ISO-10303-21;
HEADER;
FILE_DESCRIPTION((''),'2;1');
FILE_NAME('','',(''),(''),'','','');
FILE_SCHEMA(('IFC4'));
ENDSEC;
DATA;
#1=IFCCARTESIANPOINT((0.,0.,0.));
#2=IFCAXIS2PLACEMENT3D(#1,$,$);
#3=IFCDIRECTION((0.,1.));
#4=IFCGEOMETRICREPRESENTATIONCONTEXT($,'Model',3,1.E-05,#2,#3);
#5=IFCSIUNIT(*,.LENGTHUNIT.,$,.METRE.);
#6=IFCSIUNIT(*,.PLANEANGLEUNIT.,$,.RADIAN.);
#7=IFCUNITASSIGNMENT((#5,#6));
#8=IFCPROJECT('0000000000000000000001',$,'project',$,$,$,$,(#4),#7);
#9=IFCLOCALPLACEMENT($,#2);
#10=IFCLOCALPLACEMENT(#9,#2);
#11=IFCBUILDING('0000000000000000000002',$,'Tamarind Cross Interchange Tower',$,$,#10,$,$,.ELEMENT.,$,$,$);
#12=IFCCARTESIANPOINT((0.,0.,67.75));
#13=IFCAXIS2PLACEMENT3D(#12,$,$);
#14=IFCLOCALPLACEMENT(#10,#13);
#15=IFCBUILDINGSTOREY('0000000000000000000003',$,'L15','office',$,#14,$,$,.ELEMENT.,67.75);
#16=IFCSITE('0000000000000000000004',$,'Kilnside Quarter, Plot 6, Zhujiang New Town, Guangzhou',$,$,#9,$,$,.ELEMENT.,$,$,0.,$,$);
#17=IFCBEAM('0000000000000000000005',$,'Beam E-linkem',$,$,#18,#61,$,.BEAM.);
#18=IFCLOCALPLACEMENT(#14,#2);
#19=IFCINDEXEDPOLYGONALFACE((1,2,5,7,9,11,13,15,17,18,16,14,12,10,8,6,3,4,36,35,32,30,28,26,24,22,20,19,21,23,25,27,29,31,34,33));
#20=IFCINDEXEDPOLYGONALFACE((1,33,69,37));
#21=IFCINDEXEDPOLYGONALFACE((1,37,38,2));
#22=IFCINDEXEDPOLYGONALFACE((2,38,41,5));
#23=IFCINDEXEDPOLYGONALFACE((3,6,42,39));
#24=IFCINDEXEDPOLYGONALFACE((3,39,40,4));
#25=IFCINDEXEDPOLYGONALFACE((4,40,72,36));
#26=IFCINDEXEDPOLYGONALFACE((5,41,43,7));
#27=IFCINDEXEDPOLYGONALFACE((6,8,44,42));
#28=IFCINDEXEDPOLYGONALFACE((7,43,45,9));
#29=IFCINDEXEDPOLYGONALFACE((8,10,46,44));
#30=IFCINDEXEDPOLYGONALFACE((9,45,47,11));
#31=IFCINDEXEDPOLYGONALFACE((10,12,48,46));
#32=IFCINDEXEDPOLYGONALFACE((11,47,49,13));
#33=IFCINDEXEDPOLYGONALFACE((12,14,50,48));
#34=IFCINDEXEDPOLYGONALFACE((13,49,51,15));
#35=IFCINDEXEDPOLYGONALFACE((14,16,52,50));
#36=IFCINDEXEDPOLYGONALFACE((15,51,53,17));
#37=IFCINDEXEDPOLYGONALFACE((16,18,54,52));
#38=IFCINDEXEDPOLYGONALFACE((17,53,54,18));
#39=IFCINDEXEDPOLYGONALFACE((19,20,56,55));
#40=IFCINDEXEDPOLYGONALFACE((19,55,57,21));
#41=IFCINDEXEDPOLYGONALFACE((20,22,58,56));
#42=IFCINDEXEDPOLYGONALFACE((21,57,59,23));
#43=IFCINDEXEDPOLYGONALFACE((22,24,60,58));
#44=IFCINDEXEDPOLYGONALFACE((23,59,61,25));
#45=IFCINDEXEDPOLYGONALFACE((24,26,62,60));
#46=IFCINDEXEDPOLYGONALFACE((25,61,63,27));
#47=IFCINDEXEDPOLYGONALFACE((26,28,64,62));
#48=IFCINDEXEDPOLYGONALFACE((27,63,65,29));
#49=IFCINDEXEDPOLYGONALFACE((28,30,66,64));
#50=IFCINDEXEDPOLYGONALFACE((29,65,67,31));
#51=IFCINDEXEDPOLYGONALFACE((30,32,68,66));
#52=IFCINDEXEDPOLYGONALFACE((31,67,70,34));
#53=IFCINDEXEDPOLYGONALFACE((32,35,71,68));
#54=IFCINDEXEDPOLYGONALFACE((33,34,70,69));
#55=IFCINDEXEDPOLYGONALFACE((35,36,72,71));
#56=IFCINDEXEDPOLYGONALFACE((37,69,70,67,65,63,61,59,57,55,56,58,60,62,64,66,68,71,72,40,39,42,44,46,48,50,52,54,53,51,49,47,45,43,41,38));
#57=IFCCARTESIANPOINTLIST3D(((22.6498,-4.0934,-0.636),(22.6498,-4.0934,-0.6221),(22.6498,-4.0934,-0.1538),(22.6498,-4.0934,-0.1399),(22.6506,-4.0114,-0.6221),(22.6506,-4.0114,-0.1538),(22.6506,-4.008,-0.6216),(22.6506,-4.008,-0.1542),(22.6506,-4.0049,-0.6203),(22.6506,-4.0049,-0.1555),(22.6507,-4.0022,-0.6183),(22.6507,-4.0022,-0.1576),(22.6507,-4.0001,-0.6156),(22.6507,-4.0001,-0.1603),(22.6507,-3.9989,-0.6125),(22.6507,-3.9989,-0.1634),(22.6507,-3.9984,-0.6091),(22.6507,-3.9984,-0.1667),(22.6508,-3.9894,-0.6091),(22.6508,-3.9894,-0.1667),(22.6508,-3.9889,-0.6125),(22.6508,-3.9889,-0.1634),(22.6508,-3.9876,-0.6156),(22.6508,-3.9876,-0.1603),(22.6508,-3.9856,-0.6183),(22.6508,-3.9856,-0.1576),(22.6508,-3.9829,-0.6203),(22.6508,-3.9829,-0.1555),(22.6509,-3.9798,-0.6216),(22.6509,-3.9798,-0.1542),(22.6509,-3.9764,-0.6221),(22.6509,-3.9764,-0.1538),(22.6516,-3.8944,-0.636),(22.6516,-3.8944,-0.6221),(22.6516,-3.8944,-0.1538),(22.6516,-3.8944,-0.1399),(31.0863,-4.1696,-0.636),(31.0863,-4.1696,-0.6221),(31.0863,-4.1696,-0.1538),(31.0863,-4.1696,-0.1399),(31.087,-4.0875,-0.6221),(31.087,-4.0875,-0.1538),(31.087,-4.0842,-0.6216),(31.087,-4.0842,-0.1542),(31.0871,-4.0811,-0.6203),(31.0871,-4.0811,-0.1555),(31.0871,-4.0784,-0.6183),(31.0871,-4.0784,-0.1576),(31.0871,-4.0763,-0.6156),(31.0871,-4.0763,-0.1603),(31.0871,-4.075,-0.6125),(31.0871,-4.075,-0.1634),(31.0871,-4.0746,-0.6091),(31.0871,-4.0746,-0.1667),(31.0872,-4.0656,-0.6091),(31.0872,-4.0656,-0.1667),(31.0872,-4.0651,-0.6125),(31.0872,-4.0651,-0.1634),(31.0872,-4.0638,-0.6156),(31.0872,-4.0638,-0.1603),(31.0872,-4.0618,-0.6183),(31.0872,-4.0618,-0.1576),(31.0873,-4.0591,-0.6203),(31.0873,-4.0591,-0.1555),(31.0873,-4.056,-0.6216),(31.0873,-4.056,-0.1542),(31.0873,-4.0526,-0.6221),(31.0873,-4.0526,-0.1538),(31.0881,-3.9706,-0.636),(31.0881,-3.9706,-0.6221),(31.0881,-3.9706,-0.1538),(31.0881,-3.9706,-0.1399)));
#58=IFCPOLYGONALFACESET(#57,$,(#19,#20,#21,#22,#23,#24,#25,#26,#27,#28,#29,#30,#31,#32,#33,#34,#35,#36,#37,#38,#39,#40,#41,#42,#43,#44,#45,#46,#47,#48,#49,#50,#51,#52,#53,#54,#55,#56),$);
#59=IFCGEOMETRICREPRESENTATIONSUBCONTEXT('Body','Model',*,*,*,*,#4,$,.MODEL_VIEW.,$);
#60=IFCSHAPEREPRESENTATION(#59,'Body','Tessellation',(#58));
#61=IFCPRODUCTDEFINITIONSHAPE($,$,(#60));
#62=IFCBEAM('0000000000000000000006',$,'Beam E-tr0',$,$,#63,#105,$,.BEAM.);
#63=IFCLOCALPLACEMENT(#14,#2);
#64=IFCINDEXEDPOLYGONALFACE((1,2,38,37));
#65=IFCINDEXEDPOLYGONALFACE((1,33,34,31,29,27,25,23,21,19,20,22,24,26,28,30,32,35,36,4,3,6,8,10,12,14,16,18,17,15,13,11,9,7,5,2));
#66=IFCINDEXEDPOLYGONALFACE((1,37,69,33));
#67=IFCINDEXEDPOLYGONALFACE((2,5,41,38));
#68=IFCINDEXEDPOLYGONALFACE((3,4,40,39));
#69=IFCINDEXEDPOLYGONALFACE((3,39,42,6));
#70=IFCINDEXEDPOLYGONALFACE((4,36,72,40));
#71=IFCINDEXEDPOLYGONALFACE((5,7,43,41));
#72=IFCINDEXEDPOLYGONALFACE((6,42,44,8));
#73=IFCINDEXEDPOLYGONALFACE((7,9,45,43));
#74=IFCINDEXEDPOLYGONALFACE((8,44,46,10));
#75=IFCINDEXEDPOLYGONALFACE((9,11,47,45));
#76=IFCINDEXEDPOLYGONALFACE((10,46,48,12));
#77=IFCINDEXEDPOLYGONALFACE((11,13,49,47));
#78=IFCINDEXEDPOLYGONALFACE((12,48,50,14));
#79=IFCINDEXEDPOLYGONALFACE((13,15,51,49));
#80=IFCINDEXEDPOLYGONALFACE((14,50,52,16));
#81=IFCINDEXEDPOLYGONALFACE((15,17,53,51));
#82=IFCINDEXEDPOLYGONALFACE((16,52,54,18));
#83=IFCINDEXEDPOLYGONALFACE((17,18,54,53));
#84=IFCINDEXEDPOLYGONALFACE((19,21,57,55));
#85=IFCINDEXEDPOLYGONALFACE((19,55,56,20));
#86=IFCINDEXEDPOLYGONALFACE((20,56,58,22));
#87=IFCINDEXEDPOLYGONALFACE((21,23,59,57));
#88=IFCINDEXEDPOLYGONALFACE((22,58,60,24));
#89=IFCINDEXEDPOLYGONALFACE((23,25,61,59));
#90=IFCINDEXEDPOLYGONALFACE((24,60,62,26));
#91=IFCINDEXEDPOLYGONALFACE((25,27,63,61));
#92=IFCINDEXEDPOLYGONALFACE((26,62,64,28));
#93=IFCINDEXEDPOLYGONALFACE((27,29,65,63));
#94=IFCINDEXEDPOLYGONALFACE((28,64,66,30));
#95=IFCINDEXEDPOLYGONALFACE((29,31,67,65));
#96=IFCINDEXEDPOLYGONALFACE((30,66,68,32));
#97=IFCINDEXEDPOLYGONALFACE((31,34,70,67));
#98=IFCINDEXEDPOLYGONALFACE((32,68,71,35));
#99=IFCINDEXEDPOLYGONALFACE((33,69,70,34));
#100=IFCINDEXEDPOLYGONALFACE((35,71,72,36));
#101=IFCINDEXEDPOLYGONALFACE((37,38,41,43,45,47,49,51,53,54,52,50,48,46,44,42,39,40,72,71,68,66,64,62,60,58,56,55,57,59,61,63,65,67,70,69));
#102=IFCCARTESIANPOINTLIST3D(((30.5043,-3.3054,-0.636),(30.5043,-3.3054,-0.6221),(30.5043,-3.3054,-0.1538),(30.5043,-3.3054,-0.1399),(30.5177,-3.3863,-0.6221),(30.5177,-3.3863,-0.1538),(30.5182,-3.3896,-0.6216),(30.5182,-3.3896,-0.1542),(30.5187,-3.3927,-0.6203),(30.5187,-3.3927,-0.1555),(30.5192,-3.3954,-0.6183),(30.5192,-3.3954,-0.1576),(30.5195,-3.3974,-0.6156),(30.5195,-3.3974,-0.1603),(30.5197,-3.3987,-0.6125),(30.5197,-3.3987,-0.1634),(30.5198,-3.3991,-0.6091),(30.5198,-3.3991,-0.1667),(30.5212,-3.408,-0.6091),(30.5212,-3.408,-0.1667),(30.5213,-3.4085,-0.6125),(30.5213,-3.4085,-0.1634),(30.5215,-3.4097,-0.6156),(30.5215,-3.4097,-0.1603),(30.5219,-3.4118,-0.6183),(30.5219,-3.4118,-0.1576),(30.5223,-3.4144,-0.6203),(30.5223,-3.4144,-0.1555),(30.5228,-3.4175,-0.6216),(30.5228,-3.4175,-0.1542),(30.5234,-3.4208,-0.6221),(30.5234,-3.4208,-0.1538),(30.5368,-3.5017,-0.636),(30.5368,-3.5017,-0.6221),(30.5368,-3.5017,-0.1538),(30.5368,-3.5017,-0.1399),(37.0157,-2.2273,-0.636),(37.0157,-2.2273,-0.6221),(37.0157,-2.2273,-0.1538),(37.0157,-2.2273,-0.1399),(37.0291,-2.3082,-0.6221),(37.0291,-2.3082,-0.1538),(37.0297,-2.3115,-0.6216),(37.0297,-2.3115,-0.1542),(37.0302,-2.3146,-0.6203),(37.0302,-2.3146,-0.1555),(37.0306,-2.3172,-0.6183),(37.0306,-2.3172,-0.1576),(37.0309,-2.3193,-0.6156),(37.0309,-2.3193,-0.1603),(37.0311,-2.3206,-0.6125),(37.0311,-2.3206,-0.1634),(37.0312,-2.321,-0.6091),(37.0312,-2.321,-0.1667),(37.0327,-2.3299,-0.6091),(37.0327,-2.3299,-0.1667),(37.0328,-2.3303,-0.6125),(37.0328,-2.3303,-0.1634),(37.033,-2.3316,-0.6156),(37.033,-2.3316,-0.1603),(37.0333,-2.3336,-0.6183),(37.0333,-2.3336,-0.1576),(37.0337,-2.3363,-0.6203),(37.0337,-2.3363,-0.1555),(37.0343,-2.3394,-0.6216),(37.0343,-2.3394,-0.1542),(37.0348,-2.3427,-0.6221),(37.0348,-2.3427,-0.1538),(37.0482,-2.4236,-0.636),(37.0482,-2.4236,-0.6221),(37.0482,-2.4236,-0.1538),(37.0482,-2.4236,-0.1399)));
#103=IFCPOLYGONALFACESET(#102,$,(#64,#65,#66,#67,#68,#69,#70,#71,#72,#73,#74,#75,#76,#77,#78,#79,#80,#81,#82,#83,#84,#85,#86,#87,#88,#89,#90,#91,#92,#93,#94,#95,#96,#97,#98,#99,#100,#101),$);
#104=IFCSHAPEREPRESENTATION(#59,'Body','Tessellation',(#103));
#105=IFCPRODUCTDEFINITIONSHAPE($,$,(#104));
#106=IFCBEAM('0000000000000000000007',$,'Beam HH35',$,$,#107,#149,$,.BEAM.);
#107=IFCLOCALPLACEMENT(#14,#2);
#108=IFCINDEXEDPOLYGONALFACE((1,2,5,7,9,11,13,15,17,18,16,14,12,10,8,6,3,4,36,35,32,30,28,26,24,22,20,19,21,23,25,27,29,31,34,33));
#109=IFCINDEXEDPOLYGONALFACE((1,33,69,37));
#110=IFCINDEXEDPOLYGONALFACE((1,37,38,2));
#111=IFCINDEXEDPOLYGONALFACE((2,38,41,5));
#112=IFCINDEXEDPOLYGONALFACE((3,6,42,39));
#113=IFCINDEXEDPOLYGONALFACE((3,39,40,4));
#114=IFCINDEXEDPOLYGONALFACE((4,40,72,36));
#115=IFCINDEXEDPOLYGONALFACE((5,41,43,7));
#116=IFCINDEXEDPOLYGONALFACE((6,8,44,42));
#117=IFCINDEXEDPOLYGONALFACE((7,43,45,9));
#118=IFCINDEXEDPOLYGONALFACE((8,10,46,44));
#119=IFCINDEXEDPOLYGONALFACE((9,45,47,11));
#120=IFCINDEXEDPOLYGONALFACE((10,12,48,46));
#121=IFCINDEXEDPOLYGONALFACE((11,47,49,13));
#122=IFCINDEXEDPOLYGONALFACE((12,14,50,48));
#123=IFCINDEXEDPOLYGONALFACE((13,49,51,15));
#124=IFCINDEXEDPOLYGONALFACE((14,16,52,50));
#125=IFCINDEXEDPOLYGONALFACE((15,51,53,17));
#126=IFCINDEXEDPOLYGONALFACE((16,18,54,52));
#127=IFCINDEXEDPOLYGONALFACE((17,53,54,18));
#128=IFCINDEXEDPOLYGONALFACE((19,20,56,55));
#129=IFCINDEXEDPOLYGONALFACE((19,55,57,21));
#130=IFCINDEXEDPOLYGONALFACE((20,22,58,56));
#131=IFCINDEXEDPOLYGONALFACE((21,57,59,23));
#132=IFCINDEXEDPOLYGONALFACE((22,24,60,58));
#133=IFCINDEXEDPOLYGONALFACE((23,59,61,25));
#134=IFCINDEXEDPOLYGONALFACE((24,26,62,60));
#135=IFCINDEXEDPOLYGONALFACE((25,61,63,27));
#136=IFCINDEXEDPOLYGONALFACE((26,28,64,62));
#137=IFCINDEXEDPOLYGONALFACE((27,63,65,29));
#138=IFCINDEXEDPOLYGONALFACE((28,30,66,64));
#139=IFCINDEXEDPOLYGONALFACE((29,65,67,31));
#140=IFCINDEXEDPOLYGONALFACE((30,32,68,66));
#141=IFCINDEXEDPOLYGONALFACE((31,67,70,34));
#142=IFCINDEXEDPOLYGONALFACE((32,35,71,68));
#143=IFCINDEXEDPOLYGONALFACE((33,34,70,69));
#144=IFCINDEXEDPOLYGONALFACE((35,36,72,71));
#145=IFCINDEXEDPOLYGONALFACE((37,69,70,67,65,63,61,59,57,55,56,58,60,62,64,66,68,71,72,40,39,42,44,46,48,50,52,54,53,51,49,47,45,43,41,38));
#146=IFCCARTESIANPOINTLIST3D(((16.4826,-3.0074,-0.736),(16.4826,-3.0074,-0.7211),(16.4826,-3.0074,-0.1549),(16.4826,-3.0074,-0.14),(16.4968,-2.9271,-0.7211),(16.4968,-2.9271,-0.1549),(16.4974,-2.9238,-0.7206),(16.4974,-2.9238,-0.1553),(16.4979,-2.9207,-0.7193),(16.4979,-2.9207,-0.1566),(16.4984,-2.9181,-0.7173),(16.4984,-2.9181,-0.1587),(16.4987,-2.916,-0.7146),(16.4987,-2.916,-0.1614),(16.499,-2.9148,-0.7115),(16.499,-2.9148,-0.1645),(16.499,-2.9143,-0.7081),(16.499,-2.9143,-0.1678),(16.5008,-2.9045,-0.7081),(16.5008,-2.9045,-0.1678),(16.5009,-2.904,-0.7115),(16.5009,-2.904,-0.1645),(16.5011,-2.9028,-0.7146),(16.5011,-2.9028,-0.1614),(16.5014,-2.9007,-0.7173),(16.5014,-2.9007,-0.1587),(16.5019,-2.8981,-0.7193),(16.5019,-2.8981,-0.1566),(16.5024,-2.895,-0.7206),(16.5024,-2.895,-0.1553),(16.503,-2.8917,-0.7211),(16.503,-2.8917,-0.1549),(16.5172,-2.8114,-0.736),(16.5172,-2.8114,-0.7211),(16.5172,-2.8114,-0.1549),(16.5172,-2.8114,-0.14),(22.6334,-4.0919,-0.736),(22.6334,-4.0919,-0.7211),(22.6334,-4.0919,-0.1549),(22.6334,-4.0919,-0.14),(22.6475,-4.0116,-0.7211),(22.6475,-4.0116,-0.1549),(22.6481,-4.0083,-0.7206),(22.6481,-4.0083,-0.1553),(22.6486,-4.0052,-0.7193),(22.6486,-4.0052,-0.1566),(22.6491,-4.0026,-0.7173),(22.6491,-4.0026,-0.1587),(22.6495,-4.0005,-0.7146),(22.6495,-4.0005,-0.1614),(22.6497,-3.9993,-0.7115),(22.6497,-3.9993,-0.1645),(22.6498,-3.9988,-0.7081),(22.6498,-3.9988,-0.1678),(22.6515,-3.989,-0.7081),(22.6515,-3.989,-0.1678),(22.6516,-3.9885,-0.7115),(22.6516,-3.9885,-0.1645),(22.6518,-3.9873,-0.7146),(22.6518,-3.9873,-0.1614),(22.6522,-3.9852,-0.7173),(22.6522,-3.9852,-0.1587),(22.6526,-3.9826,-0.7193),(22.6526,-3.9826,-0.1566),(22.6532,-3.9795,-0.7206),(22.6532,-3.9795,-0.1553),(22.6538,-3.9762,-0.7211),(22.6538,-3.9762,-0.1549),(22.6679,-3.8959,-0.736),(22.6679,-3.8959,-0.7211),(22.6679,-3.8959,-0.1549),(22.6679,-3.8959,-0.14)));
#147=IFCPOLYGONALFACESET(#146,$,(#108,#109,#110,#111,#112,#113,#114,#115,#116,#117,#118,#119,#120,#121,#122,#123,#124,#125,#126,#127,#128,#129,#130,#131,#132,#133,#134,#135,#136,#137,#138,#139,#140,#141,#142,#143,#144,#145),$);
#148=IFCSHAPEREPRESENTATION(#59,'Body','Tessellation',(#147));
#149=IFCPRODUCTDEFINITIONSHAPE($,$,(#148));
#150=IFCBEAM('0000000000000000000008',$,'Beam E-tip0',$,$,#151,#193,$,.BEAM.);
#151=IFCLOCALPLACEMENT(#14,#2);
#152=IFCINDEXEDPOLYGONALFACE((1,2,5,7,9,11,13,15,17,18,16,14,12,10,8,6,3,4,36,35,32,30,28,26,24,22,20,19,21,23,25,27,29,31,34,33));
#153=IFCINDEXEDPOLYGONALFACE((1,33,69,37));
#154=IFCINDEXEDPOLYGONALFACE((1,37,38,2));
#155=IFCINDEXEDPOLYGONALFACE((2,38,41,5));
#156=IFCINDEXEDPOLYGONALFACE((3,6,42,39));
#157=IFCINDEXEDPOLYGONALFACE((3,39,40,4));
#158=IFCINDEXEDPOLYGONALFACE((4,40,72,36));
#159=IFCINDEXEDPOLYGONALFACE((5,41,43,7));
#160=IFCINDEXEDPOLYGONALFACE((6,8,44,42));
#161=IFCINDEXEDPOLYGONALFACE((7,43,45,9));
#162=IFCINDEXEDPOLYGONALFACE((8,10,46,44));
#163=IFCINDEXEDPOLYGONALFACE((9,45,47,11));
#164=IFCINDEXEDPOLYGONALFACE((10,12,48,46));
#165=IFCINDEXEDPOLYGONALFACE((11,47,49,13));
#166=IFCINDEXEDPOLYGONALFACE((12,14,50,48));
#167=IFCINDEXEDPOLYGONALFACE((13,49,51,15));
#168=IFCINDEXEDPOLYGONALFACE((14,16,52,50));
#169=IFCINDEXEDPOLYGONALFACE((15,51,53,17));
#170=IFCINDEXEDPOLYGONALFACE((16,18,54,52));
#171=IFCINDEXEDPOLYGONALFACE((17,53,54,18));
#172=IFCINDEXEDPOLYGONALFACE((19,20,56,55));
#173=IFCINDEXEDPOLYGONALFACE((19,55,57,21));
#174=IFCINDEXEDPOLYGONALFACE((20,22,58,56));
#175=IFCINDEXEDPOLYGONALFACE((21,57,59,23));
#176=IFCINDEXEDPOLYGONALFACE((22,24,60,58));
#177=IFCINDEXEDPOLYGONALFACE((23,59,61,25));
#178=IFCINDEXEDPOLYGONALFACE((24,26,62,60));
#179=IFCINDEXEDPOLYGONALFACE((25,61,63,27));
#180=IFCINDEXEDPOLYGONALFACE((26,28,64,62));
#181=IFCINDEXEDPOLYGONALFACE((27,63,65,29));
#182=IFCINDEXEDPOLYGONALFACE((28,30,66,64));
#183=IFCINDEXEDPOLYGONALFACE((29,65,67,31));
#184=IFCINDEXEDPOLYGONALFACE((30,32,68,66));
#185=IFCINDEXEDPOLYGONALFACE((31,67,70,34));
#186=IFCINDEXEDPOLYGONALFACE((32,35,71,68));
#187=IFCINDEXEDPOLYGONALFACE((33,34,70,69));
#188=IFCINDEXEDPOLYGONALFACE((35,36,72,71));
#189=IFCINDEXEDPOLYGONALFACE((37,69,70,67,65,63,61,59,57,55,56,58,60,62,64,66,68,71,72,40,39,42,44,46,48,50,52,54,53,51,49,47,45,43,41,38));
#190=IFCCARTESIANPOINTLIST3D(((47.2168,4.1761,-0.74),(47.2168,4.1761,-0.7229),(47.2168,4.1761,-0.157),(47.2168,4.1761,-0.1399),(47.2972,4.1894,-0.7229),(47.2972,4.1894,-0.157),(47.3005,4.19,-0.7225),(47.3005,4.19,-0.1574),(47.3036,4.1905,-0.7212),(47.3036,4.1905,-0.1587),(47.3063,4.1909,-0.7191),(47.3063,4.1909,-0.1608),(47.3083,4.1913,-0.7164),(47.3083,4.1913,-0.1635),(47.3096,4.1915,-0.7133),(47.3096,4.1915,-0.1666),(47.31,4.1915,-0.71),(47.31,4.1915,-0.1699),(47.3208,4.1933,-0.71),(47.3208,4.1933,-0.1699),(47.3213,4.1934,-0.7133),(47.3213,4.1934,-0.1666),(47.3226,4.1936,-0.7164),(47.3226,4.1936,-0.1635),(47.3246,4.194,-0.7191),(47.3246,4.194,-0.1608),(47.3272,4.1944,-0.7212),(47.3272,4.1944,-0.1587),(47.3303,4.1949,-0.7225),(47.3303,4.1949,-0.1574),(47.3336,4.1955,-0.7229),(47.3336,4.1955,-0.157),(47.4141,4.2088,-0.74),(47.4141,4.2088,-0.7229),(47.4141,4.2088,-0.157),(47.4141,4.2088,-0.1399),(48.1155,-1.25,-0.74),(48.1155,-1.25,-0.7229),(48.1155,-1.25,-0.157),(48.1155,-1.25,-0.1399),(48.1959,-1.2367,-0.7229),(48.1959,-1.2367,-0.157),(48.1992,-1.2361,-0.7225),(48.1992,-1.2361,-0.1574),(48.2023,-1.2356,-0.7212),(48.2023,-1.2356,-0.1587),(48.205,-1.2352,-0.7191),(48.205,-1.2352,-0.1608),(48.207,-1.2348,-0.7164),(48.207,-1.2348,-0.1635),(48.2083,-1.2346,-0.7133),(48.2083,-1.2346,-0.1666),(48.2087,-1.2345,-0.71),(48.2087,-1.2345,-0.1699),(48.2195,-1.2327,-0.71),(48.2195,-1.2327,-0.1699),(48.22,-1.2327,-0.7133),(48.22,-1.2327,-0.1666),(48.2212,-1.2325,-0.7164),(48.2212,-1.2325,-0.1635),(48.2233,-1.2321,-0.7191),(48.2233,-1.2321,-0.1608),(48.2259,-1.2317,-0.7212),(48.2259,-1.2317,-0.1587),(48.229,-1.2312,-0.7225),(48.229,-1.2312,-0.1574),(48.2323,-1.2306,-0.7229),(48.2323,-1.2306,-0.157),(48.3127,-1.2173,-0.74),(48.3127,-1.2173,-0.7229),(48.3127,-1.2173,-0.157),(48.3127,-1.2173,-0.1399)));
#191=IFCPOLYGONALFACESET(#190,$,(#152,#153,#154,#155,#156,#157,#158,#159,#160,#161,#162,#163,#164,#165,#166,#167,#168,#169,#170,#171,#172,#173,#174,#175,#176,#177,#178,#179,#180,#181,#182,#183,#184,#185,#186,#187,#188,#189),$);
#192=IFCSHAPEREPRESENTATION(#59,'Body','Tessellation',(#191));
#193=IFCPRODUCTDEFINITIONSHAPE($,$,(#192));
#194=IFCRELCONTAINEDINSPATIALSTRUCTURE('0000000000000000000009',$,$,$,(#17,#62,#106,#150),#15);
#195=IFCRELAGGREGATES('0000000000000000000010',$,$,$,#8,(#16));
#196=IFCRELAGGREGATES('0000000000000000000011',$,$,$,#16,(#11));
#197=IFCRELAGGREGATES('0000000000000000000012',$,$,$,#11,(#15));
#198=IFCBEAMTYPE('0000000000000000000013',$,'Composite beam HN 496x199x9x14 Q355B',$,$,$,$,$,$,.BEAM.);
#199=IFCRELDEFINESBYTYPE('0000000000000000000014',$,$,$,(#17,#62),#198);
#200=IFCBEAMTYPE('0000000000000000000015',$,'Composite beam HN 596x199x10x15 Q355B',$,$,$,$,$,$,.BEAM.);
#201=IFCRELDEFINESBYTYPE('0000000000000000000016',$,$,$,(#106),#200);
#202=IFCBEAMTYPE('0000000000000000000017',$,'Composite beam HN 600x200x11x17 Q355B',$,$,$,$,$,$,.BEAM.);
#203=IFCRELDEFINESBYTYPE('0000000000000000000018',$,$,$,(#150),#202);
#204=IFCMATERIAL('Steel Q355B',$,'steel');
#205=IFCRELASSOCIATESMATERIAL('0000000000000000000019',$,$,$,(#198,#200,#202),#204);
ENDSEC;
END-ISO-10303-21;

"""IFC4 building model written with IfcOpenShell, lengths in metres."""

from ifc_helpers import new_model, si_unit, direction, frame, origin, origin_2d, place, context, subcontext, project, spatial, i_section, extrude, material, material_profile, profile_set, type_object, element, save


model = new_model("IFC4")

# Units and contexts
model_context = context("Model", 3, precision=1e-05, world=origin(), true_north=direction((0.0, 1.0)))
body_context = subcontext(model_context, "Body", "Model", "MODEL_VIEW")
ifc_project = project(units=[si_unit("LENGTHUNIT", "METRE"), si_unit("PLANEANGLEUNIT", "RADIAN")], contexts=[model_context])

# Site, building, storey
site_placement = place(None, origin())
site = spatial("IfcSite", under=ifc_project, at=site_placement, Name="Kilnside Quarter, Plot 6, Zhujiang New Town, Guangzhou", CompositionType="ELEMENT", RefElevation=0.0)
building_placement = place(site_placement, origin())
building = spatial("IfcBuilding", under=site, at=building_placement, Name="Tamarind Cross Interchange Tower", CompositionType="ELEMENT")
storey_placement = place(building_placement, frame((0.0, 0.0, 67.75)))
storey = spatial("IfcBuildingStorey", under=building, at=storey_placement, Name="L15", Description="office", CompositionType="ELEMENT", Elevation=67.75)

# Beams
ifc_material_1 = material(Name="Steel Q355B", Category="steel")
ifc_material_profile_1 = material_profile(ifc_material_1, i_section(OverallWidth=0.199, OverallDepth=0.4961, WebThickness=0.009, FlangeThickness=0.0139, FilletRadius=0.0129, at=origin_2d()), Name="HN 496x199x9x14")
ifc_profile_set_1 = profile_set([ifc_material_profile_1], Name="Steel Q355B")
beam_type_1 = type_object("IfcBeamType", Name="Composite beam HN 496x199x9x14 Q355B", PredefinedType="BEAM", material=ifc_profile_set_1)
beam_1_placement = place(storey_placement, frame((31.0872, -4.0701, -0.3879), z_axis=(-0.999959, 0.009028, 0.0), x_axis=(-0.009028, -0.999959, 0.0)))
element("IfcBeam", 1, at=beam_1_placement, inside=storey, type_object=beam_type_1, Name="Beam E-linkem", PredefinedType="BEAM", context=body_context, shape_type="SweptSolid", body=[
    extrude(i_section(OverallWidth=0.199, OverallDepth=0.4961, WebThickness=0.009, FlangeThickness=0.0139, FilletRadius=0.0129, at=origin_2d()), origin(), (0.0, 0.0, 1.0), 8.4368),
])
beam_2_placement = place(storey_placement, frame((30.5205, -3.4036, -0.3879), z_axis=(0.986568, 0.163349, 0.0), x_axis=(-0.163349, 0.986568, 0.0)))
element("IfcBeam", 2, at=beam_2_placement, inside=storey, type_object=beam_type_1, Name="Beam E-tr0", PredefinedType="BEAM", context=body_context, shape_type="SweptSolid", body=[
    extrude(i_section(OverallWidth=0.199, OverallDepth=0.4961, WebThickness=0.009, FlangeThickness=0.0139, FilletRadius=0.0129, at=origin_2d()), origin(), (0.0, 0.0, 1.0), 6.6001),
])
ifc_material_profile_2 = material_profile(ifc_material_1, i_section(OverallWidth=0.199, OverallDepth=0.5959, WebThickness=0.01, FlangeThickness=0.0149, FilletRadius=0.0129, at=origin_2d()), Name="HN 596x199x10x15")
ifc_profile_set_2 = profile_set([ifc_material_profile_2], Name="Steel Q355B")
beam_type_2 = type_object("IfcBeamType", Name="Composite beam HN 596x199x10x15 Q355B", PredefinedType="BEAM", material=ifc_profile_set_2)
beam_3_placement = place(storey_placement, frame((22.6506, -3.9939, -0.438), z_axis=(-0.984809, 0.17364, 0.0), x_axis=(-0.17364, -0.984809, 0.0)))
element("IfcBeam", 3, at=beam_3_placement, inside=storey, type_object=beam_type_2, Name="Beam HH35", PredefinedType="BEAM", context=body_context, shape_type="SweptSolid", body=[
    extrude(i_section(OverallWidth=0.199, OverallDepth=0.5959, WebThickness=0.01, FlangeThickness=0.0149, FilletRadius=0.0129, at=origin_2d()), origin(), (0.0, 0.0, 1.0), 6.2456),
])
ifc_material_profile_3 = material_profile(ifc_material_1, i_section(OverallWidth=0.2, OverallDepth=0.6001, WebThickness=0.011, FlangeThickness=0.0171, FilletRadius=0.0129, at=origin_2d()), Name="HN 600x200x11x17")
ifc_profile_set_3 = profile_set([ifc_material_profile_3], Name="Steel Q355B")
beam_type_3 = type_object("IfcBeamType", Name="Composite beam HN 600x200x11x17 Q355B", PredefinedType="BEAM", material=ifc_profile_set_3)
beam_4_placement = place(storey_placement, frame((48.2141, -1.2336, -0.4399), z_axis=(-0.163398, 0.98656, 0.0), x_axis=(-0.98656, -0.163398, 0.0)))
element("IfcBeam", 4, at=beam_4_placement, inside=storey, type_object=beam_type_3, Name="Beam E-tip0", PredefinedType="BEAM", context=body_context, shape_type="SweptSolid", body=[
    extrude(i_section(OverallWidth=0.2, OverallDepth=0.6001, WebThickness=0.011, FlangeThickness=0.0171, FilletRadius=0.0129, at=origin_2d()), origin(), (0.0, 0.0, 1.0), 5.5),
])

save(model, "model.ifc")
